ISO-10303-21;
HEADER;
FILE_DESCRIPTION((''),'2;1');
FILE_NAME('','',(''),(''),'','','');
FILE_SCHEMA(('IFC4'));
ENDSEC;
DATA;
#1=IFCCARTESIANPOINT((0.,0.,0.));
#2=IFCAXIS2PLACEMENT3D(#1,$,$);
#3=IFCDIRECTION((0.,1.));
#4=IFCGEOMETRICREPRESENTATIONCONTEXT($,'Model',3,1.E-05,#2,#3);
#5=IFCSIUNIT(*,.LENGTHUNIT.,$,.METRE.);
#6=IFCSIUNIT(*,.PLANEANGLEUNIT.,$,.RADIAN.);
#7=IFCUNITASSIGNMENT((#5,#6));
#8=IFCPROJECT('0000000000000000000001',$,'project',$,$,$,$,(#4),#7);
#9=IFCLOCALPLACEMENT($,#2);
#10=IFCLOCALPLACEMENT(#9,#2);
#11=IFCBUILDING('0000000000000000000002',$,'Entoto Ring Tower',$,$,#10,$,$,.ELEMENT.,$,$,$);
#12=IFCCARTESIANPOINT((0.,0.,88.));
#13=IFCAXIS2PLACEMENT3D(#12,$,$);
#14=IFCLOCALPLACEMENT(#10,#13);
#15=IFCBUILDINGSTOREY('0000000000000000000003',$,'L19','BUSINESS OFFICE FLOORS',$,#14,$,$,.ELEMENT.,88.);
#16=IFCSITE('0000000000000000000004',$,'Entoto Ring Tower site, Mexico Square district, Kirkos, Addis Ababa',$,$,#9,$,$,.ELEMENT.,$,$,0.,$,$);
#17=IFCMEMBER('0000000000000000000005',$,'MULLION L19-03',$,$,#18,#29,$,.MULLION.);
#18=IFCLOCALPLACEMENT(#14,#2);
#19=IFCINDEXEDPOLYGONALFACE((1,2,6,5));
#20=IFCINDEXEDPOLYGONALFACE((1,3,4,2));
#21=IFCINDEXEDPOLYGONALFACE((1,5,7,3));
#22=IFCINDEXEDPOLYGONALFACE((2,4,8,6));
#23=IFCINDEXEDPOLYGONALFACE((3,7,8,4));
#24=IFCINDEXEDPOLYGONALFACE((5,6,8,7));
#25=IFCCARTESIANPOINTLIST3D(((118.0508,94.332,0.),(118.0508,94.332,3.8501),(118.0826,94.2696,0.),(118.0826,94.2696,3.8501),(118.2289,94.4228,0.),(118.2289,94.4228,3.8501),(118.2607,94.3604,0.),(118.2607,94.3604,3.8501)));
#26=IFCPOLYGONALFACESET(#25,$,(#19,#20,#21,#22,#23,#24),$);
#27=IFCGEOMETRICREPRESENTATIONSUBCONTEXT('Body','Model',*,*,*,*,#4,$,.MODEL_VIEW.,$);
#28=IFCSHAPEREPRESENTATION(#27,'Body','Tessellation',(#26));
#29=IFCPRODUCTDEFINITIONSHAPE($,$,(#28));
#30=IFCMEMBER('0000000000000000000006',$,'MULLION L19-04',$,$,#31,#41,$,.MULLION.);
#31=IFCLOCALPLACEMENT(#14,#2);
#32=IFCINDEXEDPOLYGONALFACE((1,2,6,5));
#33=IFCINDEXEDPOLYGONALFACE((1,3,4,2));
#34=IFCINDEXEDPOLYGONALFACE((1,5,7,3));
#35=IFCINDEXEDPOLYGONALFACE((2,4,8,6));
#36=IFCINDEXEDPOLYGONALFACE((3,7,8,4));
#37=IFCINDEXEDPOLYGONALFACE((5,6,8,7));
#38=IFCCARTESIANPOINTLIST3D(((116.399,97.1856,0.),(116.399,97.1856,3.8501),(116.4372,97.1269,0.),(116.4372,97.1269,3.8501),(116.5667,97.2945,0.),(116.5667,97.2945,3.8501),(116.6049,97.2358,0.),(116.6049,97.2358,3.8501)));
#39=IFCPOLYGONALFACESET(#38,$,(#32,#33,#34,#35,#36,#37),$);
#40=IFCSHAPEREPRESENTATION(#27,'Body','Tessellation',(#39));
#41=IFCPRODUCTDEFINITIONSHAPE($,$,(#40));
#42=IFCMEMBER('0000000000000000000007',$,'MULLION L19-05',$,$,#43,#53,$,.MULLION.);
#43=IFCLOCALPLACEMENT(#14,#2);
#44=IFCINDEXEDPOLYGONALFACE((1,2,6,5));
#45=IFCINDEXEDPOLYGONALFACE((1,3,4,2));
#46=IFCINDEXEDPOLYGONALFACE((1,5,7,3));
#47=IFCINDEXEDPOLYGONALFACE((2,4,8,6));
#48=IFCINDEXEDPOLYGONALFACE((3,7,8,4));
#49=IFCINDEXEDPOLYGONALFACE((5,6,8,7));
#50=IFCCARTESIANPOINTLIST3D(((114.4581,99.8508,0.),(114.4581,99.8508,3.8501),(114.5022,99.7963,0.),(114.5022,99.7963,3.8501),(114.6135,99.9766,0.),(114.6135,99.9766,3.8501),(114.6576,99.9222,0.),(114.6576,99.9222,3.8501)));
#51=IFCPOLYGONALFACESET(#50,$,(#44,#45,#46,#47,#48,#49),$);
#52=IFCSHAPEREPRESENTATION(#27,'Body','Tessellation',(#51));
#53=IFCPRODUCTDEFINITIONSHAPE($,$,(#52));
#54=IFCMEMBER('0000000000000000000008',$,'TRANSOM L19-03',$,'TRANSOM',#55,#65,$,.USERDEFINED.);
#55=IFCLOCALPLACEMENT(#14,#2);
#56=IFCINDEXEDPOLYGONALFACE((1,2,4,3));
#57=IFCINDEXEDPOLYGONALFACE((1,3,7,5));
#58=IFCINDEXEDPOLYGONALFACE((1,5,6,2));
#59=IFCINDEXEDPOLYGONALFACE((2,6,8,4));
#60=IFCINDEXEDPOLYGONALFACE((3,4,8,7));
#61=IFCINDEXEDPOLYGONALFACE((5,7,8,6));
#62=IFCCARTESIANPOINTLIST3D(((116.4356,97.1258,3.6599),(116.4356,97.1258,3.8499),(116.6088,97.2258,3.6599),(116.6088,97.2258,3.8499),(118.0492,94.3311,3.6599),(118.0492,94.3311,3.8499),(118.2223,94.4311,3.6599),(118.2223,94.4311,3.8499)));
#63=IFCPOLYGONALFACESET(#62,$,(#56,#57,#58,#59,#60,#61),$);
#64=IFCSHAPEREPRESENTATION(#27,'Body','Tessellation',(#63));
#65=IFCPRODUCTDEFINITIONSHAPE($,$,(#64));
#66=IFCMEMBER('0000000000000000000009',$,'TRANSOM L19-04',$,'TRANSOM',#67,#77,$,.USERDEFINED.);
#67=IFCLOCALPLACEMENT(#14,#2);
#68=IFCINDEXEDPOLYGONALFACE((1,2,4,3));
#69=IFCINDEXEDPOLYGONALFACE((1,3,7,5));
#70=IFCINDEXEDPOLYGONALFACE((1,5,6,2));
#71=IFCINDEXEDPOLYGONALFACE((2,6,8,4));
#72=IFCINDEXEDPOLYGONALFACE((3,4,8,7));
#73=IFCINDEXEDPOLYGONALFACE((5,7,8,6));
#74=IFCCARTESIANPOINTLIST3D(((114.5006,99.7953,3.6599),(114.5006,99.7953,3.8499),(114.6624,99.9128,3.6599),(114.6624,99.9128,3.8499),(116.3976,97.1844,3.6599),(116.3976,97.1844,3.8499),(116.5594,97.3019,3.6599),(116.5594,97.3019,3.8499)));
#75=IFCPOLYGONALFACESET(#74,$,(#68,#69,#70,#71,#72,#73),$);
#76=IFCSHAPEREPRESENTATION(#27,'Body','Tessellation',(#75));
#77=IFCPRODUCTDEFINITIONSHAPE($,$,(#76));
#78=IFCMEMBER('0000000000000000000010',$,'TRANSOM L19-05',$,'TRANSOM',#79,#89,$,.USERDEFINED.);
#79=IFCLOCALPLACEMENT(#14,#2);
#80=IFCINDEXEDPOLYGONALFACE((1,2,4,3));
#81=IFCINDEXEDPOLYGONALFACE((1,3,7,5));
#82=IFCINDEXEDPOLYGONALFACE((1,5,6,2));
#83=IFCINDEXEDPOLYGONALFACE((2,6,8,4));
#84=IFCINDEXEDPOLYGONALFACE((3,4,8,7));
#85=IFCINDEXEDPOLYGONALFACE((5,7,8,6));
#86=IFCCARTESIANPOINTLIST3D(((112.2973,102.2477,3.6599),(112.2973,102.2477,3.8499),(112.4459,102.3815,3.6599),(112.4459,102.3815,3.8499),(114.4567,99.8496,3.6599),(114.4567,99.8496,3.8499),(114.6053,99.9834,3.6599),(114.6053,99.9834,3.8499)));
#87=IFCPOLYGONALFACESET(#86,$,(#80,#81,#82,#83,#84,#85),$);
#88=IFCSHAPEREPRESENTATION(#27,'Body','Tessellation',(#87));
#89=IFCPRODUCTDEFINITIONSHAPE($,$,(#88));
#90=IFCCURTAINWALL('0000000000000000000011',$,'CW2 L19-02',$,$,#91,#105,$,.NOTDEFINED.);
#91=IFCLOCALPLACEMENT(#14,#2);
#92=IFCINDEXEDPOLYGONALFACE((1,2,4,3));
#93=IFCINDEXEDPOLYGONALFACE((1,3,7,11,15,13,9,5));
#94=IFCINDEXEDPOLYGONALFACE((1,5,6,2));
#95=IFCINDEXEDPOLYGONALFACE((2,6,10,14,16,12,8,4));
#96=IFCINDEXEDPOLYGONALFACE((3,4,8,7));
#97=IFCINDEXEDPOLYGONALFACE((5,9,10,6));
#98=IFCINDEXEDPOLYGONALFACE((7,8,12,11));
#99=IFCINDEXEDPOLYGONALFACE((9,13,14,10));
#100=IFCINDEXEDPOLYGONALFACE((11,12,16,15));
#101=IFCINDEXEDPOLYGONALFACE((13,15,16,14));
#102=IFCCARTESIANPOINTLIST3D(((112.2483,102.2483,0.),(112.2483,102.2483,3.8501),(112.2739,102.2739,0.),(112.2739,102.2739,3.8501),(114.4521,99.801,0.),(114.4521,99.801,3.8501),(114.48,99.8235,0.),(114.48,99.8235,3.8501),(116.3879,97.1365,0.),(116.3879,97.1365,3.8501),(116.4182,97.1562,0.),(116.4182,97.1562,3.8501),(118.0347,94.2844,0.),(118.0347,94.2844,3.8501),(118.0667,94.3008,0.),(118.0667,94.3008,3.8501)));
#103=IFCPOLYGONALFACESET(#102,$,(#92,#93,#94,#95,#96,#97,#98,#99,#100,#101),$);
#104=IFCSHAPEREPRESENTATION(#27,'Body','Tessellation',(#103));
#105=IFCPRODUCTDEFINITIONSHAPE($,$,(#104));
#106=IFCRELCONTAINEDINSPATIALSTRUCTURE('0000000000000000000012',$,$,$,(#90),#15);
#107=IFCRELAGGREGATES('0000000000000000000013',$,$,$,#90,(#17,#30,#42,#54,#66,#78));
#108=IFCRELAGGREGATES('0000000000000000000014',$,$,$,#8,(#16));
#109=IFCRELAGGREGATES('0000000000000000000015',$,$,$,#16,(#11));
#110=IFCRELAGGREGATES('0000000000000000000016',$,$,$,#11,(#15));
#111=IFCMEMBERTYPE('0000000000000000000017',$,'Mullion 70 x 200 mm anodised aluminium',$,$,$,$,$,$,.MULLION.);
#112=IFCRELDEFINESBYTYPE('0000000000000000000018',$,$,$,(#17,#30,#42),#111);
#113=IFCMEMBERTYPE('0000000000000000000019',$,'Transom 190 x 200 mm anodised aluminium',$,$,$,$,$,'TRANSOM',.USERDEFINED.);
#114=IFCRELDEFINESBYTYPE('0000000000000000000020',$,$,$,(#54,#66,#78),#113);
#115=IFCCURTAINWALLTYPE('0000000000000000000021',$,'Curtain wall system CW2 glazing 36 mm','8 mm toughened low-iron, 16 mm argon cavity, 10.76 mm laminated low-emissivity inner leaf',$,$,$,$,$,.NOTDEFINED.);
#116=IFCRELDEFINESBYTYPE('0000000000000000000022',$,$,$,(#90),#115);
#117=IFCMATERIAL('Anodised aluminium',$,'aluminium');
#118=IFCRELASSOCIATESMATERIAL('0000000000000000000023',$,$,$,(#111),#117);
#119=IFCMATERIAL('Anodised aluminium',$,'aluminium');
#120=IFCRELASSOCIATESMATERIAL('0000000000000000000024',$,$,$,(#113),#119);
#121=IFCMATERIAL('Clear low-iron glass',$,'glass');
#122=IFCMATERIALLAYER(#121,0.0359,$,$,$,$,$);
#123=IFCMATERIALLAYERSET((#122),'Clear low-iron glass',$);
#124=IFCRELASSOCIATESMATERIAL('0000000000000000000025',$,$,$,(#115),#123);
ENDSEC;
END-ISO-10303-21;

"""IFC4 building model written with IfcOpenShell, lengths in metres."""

from ifc_helpers import new_model, si_unit, direction, frame, origin, origin_2d, place, context, subcontext, project, spatial, polyline, rectangle, outline, extrude, material, layer, layer_set, material_profile, profile_set, type_object, element, aggregate, save


model = new_model("IFC4")

# Units and contexts
model_context = context("Model", 3, precision=1e-05, world=origin(), true_north=direction((0.0, 1.0)))
body_context = subcontext(model_context, "Body", "Model", "MODEL_VIEW")
ifc_project = project(units=[si_unit("LENGTHUNIT", "METRE"), si_unit("PLANEANGLEUNIT", "RADIAN")], contexts=[model_context])

# Members
ifc_material_1 = material(Name="Anodised aluminium", Category="aluminium")
ifc_material_profile_1 = material_profile(ifc_material_1, rectangle(XDim=0.0701, YDim=0.2, at=origin_2d()), Name="Mullion 70 x 200 mm anodised aluminium")
ifc_profile_set_1 = profile_set([ifc_material_profile_1], Name="Anodised aluminium")
member_type_1 = type_object("IfcMemberType", Name="Mullion 70 x 200 mm anodised aluminium", PredefinedType="MULLION", material=ifc_profile_set_1)
site_placement = place(None, origin())
building_placement = place(site_placement, origin())
storey_placement = place(building_placement, frame((0.0, 0.0, 88.0)))
member_1_placement = place(storey_placement, frame((118.1558, 94.3462, 0.0), z_axis=(0.0, 0.0, 1.0), x_axis=(-0.45399, 0.891007, 0.0)))
member_1 = element("IfcMember", 1, at=member_1_placement, type_object=member_type_1, Name="MULLION L19-03", PredefinedType="MULLION", context=body_context, shape_type="SweptSolid", body=[
    extrude(rectangle(XDim=0.0701, YDim=0.2, at=origin_2d()), origin(), (0.0, 0.0, 1.0), 3.8501),
])
member_2_placement = place(storey_placement, frame((116.502, 97.2107, 0.0), z_axis=(0.0, 0.0, 1.0), x_axis=(-0.544639, 0.838671, 0.0)))
member_2 = element("IfcMember", 2, at=member_2_placement, type_object=member_type_1, Name="MULLION L19-04", PredefinedType="MULLION", context=body_context, shape_type="SweptSolid", body=[
    extrude(rectangle(XDim=0.0701, YDim=0.2, at=origin_2d()), origin(), (0.0, 0.0, 1.0), 3.8501),
])
member_3_placement = place(storey_placement, frame((114.5579, 99.8865, 0.0), z_axis=(0.0, 0.0, 1.0), x_axis=(-0.62932, 0.777146, 0.0)))
member_3 = element("IfcMember", 3, at=member_3_placement, type_object=member_type_1, Name="MULLION L19-05", PredefinedType="MULLION", context=body_context, shape_type="SweptSolid", body=[
    extrude(rectangle(XDim=0.0701, YDim=0.2, at=origin_2d()), origin(), (0.0, 0.0, 1.0), 3.8501),
])
ifc_material_2 = material(Name="Anodised aluminium", Category="aluminium")
ifc_material_profile_2 = material_profile(ifc_material_2, rectangle(XDim=0.2, YDim=0.1899, at=origin_2d()), Name="Transom 190 x 200 mm anodised aluminium")
ifc_profile_set_2 = profile_set([ifc_material_profile_2], Name="Anodised aluminium")
member_type_2 = type_object("IfcMemberType", Name="Transom 190 x 200 mm anodised aluminium", ElementType="TRANSOM", PredefinedType="USERDEFINED", material=ifc_profile_set_2)
member_4_placement = place(storey_placement, frame((118.1357, 94.3811, 3.7549), z_axis=(-0.500004, 0.866023, 0.0), x_axis=(-0.866023, -0.500004, 0.0)))
member_4 = element("IfcMember", 4, at=member_4_placement, type_object=member_type_2, Name="TRANSOM L19-03", ObjectType="TRANSOM", PredefinedType="USERDEFINED", context=body_context, shape_type="SweptSolid", body=[
    extrude(rectangle(XDim=0.2, YDim=0.1899, at=origin_2d()), origin(), (0.0, 0.0, 1.0), 3.2271),
])
member_5_placement = place(storey_placement, frame((116.4785, 97.2432, 3.7549), z_axis=(-0.587803, 0.809004, 0.0), x_axis=(-0.809004, -0.587803, 0.0)))
member_5 = element("IfcMember", 5, at=member_5_placement, type_object=member_type_2, Name="TRANSOM L19-04", ObjectType="TRANSOM", PredefinedType="USERDEFINED", context=body_context, shape_type="SweptSolid", body=[
    extrude(rectangle(XDim=0.2, YDim=0.1899, at=origin_2d()), origin(), (0.0, 0.0, 1.0), 3.2273),
])
member_6_placement = place(storey_placement, frame((114.531, 99.9165, 3.7549), z_axis=(-0.669144, 0.743132, 0.0), x_axis=(-0.743132, -0.669144, 0.0)))
member_6 = element("IfcMember", 6, at=member_6_placement, type_object=member_type_2, Name="TRANSOM L19-05", ObjectType="TRANSOM", PredefinedType="USERDEFINED", context=body_context, shape_type="SweptSolid", body=[
    extrude(rectangle(XDim=0.2, YDim=0.1899, at=origin_2d()), origin(), (0.0, 0.0, 1.0), 3.2271),
])

# Site, building, storey
site = spatial("IfcSite", under=ifc_project, at=site_placement, Name="Entoto Ring Tower site, Mexico Square district, Kirkos, Addis Ababa", CompositionType="ELEMENT", RefElevation=0.0)
building = spatial("IfcBuilding", under=site, at=building_placement, Name="Entoto Ring Tower", CompositionType="ELEMENT")
storey = spatial("IfcBuildingStorey", under=building, at=storey_placement, Name="L19", Description="BUSINESS OFFICE FLOORS", CompositionType="ELEMENT", Elevation=88.0)

# Curtain wall
ifc_material_3 = material(Name="Clear low-iron glass", Category="glass")
ifc_layer_1 = layer(ifc_material_3, 0.0359)
ifc_layer_set_1 = layer_set([ifc_layer_1], Name="Clear low-iron glass")
curtain_wall_type = type_object("IfcCurtainWallType", Name="Curtain wall system CW2 glazing 36 mm", Description="8 mm toughened low-iron, 16 mm argon cavity, 10.76 mm laminated low-emissivity inner leaf", PredefinedType="NOTDEFINED", material=ifc_layer_set_1)
curtain_wall_1_placement = place(storey_placement, origin())
curtain_wall_1 = element("IfcCurtainWall", 7, at=curtain_wall_1_placement, inside=storey, type_object=curtain_wall_type, Name="CW2 L19-02", PredefinedType="NOTDEFINED", context=body_context, shape_type="SweptSolid", body=[
    extrude(outline(polyline([(118.0667, 94.3008), (116.4182, 97.1562), (114.48, 99.8235), (112.2739, 102.2739), (112.2483, 102.2483), (114.4521, 99.801), (116.3879, 97.1365), (118.0347, 94.2844), (118.0667, 94.3008)])), origin(), (0.0, 0.0, 1.0), 3.8501),
])
aggregate(curtain_wall_1, [member_1, member_2, member_3, member_4, member_5, member_6])

save(model, "model.ifc")
